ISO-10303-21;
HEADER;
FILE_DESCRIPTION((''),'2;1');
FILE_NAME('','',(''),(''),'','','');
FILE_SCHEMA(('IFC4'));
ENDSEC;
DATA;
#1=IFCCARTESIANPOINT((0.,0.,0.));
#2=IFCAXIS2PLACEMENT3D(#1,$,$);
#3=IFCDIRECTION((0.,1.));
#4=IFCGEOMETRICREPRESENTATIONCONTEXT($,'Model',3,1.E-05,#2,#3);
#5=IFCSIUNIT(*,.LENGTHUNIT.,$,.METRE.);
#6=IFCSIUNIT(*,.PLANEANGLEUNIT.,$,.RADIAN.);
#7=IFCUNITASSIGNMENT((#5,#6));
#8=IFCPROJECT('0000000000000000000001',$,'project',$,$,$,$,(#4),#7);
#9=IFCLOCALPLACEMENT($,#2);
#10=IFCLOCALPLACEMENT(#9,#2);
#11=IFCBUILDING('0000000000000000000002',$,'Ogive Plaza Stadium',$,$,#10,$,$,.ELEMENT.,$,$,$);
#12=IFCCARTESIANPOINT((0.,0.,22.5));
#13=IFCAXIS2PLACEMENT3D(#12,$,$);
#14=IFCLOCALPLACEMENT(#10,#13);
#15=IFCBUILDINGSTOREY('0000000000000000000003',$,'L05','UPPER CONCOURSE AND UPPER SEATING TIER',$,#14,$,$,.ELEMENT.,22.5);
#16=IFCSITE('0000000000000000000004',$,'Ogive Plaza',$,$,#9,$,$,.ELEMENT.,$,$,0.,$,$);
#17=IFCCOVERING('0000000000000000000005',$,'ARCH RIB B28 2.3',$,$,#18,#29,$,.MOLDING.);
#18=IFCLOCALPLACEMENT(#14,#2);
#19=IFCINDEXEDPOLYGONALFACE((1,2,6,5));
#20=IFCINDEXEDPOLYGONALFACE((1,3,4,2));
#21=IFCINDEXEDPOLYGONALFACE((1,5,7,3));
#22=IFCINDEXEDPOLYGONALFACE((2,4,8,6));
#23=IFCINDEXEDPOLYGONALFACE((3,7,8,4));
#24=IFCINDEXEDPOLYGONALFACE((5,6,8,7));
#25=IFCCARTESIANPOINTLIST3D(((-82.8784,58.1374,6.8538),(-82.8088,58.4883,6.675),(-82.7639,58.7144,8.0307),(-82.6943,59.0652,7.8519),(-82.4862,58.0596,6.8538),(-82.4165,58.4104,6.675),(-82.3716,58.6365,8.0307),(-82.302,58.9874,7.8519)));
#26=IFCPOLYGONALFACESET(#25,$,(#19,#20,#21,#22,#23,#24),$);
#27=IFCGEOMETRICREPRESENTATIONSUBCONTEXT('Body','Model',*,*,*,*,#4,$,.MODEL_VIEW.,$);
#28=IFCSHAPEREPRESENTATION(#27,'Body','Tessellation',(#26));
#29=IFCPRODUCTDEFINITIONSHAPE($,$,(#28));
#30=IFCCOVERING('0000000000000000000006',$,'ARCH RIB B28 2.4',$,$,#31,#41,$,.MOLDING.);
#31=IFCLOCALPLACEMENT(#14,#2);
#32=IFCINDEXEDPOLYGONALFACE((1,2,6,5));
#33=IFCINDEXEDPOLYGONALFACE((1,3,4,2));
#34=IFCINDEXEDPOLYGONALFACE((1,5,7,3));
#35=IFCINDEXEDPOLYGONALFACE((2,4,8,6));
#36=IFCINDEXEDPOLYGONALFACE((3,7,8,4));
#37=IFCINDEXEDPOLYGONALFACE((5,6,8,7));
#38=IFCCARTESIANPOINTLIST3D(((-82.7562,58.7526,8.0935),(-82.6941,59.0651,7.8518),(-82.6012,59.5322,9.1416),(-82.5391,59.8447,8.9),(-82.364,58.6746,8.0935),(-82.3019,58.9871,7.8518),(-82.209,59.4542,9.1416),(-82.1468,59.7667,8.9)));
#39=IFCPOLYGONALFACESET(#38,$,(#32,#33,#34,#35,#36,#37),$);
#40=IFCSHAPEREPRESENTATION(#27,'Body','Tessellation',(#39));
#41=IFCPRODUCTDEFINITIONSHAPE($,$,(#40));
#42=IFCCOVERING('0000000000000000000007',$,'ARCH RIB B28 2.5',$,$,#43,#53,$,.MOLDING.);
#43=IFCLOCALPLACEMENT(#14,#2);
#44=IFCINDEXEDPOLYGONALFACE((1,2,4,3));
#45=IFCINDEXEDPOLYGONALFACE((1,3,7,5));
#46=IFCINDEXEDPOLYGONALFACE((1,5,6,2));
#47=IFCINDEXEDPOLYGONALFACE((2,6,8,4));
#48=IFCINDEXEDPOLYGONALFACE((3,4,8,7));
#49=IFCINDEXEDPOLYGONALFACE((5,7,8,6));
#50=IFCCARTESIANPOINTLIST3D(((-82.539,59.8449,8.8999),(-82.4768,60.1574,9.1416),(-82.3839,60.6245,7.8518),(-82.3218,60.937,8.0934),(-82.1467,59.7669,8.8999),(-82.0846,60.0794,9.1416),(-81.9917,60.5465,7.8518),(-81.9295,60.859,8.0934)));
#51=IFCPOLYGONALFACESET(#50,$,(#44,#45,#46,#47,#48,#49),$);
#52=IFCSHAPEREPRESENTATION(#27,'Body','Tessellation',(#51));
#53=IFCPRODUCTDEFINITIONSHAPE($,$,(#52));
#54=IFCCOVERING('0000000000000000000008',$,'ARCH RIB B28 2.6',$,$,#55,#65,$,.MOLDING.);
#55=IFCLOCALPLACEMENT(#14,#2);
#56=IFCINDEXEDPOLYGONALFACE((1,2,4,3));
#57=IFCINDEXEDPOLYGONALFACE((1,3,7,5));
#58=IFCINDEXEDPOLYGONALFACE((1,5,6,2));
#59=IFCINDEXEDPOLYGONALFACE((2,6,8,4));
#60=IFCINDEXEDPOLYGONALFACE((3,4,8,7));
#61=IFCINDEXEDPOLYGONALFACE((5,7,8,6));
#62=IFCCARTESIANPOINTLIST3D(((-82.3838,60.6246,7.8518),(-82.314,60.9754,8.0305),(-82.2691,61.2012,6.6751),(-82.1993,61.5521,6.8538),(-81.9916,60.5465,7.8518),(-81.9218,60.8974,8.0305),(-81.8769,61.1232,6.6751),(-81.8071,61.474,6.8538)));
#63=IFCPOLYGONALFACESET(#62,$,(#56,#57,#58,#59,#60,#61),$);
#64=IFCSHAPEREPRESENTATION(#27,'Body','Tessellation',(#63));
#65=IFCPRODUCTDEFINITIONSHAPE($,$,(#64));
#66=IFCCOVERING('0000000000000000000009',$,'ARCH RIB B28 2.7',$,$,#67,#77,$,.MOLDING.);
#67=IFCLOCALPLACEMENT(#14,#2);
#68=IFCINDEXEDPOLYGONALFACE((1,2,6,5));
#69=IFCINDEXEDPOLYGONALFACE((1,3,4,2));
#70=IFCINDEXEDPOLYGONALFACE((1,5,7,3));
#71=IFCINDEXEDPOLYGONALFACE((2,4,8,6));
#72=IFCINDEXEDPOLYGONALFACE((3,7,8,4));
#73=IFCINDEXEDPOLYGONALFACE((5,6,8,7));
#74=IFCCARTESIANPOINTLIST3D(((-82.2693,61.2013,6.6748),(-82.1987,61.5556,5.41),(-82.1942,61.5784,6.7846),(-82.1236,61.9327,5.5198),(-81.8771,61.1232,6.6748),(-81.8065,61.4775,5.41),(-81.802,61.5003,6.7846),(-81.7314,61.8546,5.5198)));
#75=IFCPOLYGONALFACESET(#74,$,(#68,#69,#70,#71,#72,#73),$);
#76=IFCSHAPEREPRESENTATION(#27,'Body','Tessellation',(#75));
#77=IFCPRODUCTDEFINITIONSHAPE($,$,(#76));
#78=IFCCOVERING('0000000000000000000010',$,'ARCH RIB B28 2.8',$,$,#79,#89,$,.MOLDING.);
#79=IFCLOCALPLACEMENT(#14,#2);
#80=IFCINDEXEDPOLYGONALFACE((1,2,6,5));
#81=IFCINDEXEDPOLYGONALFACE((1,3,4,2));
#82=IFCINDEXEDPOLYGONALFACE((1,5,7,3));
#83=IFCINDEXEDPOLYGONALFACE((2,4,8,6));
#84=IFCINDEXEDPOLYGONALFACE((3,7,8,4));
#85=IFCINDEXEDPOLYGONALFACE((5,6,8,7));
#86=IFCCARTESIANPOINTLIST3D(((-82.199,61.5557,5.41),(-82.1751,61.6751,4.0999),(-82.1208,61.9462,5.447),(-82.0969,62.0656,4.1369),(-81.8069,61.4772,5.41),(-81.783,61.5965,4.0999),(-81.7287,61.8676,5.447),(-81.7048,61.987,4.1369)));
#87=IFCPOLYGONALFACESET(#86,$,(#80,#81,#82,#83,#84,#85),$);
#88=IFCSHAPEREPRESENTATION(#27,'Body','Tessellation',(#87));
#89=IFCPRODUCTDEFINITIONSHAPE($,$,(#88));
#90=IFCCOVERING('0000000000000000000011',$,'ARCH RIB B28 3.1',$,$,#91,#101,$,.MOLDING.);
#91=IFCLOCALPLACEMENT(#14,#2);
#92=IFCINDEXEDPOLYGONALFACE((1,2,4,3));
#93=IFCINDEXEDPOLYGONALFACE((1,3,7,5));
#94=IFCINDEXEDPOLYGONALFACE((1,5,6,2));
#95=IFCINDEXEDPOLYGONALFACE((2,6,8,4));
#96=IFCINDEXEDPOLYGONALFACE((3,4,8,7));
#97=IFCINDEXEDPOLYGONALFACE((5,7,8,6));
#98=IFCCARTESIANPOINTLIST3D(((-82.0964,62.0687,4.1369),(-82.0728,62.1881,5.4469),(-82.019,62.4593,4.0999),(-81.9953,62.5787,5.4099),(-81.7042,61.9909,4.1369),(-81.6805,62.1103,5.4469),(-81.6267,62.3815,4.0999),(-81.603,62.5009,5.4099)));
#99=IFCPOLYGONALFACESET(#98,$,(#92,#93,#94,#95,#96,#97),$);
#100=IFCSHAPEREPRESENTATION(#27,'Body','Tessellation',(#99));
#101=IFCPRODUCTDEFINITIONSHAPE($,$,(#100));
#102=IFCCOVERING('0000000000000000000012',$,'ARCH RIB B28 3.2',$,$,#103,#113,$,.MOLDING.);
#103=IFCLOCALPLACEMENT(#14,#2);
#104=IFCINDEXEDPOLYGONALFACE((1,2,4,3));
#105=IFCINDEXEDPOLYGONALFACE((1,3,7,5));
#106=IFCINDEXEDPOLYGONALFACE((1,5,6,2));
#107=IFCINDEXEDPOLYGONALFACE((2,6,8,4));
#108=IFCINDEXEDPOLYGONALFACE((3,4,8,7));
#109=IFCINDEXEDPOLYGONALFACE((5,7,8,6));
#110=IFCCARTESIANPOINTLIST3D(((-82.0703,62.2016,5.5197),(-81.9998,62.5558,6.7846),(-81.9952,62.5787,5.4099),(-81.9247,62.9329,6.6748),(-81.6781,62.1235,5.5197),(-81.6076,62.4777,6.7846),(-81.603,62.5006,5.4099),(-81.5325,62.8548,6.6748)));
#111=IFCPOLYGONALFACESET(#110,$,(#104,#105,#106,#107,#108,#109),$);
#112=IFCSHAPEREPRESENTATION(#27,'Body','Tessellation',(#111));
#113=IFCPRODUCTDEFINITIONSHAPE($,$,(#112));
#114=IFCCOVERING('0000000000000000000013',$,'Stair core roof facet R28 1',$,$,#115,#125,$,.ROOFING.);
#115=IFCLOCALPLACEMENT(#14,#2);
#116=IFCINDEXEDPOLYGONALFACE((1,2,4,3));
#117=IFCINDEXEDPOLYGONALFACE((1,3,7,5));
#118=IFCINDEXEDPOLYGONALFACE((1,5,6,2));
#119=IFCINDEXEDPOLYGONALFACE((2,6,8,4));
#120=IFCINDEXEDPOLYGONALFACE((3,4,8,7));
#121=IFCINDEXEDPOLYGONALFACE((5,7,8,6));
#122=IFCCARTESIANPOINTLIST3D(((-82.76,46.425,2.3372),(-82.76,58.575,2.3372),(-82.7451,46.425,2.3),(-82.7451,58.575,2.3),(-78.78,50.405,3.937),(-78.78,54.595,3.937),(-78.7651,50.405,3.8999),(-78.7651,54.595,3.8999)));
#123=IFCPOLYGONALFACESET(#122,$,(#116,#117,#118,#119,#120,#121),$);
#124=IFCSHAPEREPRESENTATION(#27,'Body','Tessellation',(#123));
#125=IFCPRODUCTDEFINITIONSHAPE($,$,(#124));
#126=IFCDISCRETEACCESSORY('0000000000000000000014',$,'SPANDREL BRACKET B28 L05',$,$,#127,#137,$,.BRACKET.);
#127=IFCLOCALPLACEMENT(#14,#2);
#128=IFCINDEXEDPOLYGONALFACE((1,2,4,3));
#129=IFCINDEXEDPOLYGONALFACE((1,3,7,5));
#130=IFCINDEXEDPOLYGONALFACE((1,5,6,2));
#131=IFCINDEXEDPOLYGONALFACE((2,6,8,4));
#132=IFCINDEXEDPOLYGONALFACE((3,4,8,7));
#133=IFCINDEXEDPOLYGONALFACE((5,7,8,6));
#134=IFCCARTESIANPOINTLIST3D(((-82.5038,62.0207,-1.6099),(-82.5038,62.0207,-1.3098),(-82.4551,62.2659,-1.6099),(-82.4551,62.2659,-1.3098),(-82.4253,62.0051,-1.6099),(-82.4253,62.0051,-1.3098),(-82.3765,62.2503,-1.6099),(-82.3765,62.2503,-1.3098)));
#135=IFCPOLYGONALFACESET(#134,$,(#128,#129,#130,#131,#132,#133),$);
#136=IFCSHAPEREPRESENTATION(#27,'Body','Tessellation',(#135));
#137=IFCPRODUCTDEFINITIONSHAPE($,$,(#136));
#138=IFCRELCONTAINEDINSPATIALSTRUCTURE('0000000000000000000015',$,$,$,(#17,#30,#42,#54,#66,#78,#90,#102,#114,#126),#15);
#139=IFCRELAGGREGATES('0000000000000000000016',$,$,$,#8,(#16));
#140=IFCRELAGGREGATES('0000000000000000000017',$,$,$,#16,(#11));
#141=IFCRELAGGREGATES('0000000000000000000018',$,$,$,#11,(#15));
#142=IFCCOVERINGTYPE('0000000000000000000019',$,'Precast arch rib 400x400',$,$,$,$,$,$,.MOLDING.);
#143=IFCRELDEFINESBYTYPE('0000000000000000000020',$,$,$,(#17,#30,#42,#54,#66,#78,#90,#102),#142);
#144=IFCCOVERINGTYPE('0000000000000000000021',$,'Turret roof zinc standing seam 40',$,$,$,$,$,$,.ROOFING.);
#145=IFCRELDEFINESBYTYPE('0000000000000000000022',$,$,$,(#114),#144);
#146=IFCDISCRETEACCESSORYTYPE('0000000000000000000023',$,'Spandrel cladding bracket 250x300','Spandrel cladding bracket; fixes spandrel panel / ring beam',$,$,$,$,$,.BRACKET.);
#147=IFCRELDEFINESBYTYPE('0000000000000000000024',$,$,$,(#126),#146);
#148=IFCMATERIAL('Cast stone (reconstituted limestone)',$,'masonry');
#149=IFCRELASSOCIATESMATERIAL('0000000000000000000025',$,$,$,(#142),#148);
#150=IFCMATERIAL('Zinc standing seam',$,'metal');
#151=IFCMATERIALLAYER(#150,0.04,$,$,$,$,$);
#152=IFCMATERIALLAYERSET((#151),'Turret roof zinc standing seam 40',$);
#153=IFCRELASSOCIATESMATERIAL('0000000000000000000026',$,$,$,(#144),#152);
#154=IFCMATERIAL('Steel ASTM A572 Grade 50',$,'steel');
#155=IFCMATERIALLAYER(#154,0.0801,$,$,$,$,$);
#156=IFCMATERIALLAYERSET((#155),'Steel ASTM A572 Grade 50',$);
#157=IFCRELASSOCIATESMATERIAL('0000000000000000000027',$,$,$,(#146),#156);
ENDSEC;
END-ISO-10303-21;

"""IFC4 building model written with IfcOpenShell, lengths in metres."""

from ifc_helpers import new_model, si_unit, direction, frame, origin, origin_2d, place, context, subcontext, project, spatial, polyline, rectangle, outline, extrude, material, layer, layer_set, material_profile, profile_set, type_object, element, save


model = new_model("IFC4")

# Units and contexts
model_context = context("Model", 3, precision=1e-05, world=origin(), true_north=direction((0.0, 1.0)))
body_context = subcontext(model_context, "Body", "Model", "MODEL_VIEW")
ifc_project = project(units=[si_unit("LENGTHUNIT", "METRE"), si_unit("PLANEANGLEUNIT", "RADIAN")], contexts=[model_context])

# Site, building, storey
site_placement = place(None, origin())
site = spatial("IfcSite", under=ifc_project, at=site_placement, Name="Ogive Plaza", CompositionType="ELEMENT", RefElevation=0.0)
building_placement = place(site_placement, origin())
building = spatial("IfcBuilding", under=site, at=building_placement, Name="Ogive Plaza Stadium", CompositionType="ELEMENT")
storey_placement = place(building_placement, frame((0.0, 0.0, 22.5)))
storey = spatial("IfcBuildingStorey", under=building, at=storey_placement, Name="L05", Description="UPPER CONCOURSE AND UPPER SEATING TIER", CompositionType="ELEMENT", Elevation=22.5)

# Coverings
ifc_material_1 = material(Name="Cast stone (reconstituted limestone)", Category="masonry")
ifc_material_profile_1 = material_profile(ifc_material_1, rectangle(XDim=0.3999, YDim=0.3999, at=origin_2d()), Name="Cast stone 400x400")
ifc_profile_set_1 = profile_set([ifc_material_profile_1], Name="Cast stone (reconstituted limestone)")
covering_type_1 = type_object("IfcCoveringType", Name="Precast arch rib 400x400", PredefinedType="MOLDING", material=ifc_profile_set_1)
covering_1_placement = place(storey_placement, frame((-82.6475, 58.2739, 6.7644), z_axis=(0.087037, 0.438525, 0.894494), x_axis=(-0.980867, 0.194679, 0.0)))
element("IfcCovering", 1, at=covering_1_placement, inside=storey, type_object=covering_type_1, Name="ARCH RIB B28 2.3", PredefinedType="MOLDING", context=body_context, shape_type="SweptSolid", body=[
    extrude(rectangle(XDim=0.3999, YDim=0.3999, at=origin_2d()), origin(), (0.0, 0.0, 1.0), 1.3157),
])
for number, where, z_axis, x_axis, name in (
    (2, (-82.5291, 58.8699, 7.9727), (0.117859, 0.592636, 0.796801), (-0.980793, 0.195053, 0.0), "ARCH RIB B28 2.4"),
    (3, (-82.3118, 59.9622, 9.0208), (0.117859, 0.592636, -0.796801), (-0.980793, 0.195053, 0.0), "ARCH RIB B28 2.5"),
    (4, (-82.1528, 60.761, 7.9412), (0.087228, 0.438368, -0.894553), (-0.980772, 0.195158, 0.0), "ARCH RIB B28 2.6"),
    (5, (-82.0356, 61.3508, 6.7297), (0.053637, 0.269297, -0.961562), (-0.980736, 0.195336, 0.0), "ARCH RIB B28 2.7"),
):
    element("IfcCovering", number, at=place(storey_placement, frame(where, z_axis=z_axis, x_axis=x_axis)), inside=storey, type_object=covering_type_1, Name=name, PredefinedType="MOLDING", context=body_context, shape_type="SweptSolid", body=[
        extrude(rectangle(XDim=0.3999, YDim=0.3999, at=origin_2d()), origin(), (0.0, 0.0, 1.0), 1.3154),
    ])
for number, where, z_axis, x_axis, name in (
    (6, (-81.9639, 61.7117, 5.4285), (0.018185, 0.090738, -0.995709), (-0.980503, 0.196502, 0.0), "ARCH RIB B28 2.8"),
    (7, (-81.8616, 62.2251, 4.1184), (0.017999, 0.090739, 0.995712), (-0.980888, 0.194573, 0.0), "ARCH RIB B28 3.1"),
):
    element("IfcCovering", number, at=place(storey_placement, frame(where, z_axis=z_axis, x_axis=x_axis)), inside=storey, type_object=covering_type_1, Name=name, PredefinedType="MOLDING", context=body_context, shape_type="SweptSolid", body=[
        extrude(rectangle(XDim=0.3999, YDim=0.3999, at=origin_2d()), origin(), (0.0, 0.0, 1.0), 1.3157),
    ])
covering_2_placement = place(storey_placement, frame((-81.8367, 62.3511, 5.4648), z_axis=(0.053637, 0.269297, 0.961562), x_axis=(-0.980736, 0.195336, 0.0)))
element("IfcCovering", 8, at=covering_2_placement, inside=storey, type_object=covering_type_1, Name="ARCH RIB B28 3.2", PredefinedType="MOLDING", context=body_context, shape_type="SweptSolid", body=[
    extrude(rectangle(XDim=0.3999, YDim=0.3999, at=origin_2d()), origin(), (0.0, 0.0, 1.0), 1.3154),
])
ifc_material_2 = material(Name="Zinc standing seam", Category="metal")
ifc_layer_1 = layer(ifc_material_2, 0.04)
ifc_layer_set_1 = layer_set([ifc_layer_1], Name="Turret roof zinc standing seam 40")
covering_type_2 = type_object("IfcCoveringType", Name="Turret roof zinc standing seam 40", PredefinedType="ROOFING", material=ifc_layer_set_1)
covering_3_placement = place(storey_placement, frame((-82.76, 58.575, 2.3372), z_axis=(-0.37297, 0.0, 0.927843), x_axis=(0.0, -1.0, 0.0)))
element("IfcCovering", 9, at=covering_3_placement, inside=storey, type_object=covering_type_2, Name="Stair core roof facet R28 1", PredefinedType="ROOFING", context=body_context, shape_type="SweptSolid", body=[
    extrude(outline(polyline([(0.0, 0.0), (12.1499, 0.0), (8.1699, 4.2895), (3.98, 4.2895), (0.0, 0.0)])), origin(), (0.0, 0.0, -1.0), 0.04),
])

# Discrete accessory
ifc_material_3 = material(Name="Steel ASTM A572 Grade 50", Category="steel")
ifc_layer_2 = layer(ifc_material_3, 0.0801)
ifc_layer_set_2 = layer_set([ifc_layer_2], Name="Steel ASTM A572 Grade 50")
discrete_accessory_type = type_object("IfcDiscreteAccessoryType", Name="Spandrel cladding bracket 250x300", Description="Spandrel cladding bracket; fixes spandrel panel / ring beam", PredefinedType="BRACKET", material=ifc_layer_set_2)
discrete_accessory_placement = place(storey_placement, frame((-82.4402, 62.1355, -1.6099), z_axis=(0.0, 0.0, 1.0), x_axis=(0.19509, 0.980785, 0.0)))
element("IfcDiscreteAccessory", 10, at=discrete_accessory_placement, inside=storey, type_object=discrete_accessory_type, Name="SPANDREL BRACKET B28 L05", PredefinedType="BRACKET", context=body_context, shape_type="SweptSolid", body=[
    extrude(rectangle(XDim=0.25, YDim=0.0801, at=origin_2d()), origin(), (0.0, 0.0, 1.0), 0.3),
])

save(model, "model.ifc")
